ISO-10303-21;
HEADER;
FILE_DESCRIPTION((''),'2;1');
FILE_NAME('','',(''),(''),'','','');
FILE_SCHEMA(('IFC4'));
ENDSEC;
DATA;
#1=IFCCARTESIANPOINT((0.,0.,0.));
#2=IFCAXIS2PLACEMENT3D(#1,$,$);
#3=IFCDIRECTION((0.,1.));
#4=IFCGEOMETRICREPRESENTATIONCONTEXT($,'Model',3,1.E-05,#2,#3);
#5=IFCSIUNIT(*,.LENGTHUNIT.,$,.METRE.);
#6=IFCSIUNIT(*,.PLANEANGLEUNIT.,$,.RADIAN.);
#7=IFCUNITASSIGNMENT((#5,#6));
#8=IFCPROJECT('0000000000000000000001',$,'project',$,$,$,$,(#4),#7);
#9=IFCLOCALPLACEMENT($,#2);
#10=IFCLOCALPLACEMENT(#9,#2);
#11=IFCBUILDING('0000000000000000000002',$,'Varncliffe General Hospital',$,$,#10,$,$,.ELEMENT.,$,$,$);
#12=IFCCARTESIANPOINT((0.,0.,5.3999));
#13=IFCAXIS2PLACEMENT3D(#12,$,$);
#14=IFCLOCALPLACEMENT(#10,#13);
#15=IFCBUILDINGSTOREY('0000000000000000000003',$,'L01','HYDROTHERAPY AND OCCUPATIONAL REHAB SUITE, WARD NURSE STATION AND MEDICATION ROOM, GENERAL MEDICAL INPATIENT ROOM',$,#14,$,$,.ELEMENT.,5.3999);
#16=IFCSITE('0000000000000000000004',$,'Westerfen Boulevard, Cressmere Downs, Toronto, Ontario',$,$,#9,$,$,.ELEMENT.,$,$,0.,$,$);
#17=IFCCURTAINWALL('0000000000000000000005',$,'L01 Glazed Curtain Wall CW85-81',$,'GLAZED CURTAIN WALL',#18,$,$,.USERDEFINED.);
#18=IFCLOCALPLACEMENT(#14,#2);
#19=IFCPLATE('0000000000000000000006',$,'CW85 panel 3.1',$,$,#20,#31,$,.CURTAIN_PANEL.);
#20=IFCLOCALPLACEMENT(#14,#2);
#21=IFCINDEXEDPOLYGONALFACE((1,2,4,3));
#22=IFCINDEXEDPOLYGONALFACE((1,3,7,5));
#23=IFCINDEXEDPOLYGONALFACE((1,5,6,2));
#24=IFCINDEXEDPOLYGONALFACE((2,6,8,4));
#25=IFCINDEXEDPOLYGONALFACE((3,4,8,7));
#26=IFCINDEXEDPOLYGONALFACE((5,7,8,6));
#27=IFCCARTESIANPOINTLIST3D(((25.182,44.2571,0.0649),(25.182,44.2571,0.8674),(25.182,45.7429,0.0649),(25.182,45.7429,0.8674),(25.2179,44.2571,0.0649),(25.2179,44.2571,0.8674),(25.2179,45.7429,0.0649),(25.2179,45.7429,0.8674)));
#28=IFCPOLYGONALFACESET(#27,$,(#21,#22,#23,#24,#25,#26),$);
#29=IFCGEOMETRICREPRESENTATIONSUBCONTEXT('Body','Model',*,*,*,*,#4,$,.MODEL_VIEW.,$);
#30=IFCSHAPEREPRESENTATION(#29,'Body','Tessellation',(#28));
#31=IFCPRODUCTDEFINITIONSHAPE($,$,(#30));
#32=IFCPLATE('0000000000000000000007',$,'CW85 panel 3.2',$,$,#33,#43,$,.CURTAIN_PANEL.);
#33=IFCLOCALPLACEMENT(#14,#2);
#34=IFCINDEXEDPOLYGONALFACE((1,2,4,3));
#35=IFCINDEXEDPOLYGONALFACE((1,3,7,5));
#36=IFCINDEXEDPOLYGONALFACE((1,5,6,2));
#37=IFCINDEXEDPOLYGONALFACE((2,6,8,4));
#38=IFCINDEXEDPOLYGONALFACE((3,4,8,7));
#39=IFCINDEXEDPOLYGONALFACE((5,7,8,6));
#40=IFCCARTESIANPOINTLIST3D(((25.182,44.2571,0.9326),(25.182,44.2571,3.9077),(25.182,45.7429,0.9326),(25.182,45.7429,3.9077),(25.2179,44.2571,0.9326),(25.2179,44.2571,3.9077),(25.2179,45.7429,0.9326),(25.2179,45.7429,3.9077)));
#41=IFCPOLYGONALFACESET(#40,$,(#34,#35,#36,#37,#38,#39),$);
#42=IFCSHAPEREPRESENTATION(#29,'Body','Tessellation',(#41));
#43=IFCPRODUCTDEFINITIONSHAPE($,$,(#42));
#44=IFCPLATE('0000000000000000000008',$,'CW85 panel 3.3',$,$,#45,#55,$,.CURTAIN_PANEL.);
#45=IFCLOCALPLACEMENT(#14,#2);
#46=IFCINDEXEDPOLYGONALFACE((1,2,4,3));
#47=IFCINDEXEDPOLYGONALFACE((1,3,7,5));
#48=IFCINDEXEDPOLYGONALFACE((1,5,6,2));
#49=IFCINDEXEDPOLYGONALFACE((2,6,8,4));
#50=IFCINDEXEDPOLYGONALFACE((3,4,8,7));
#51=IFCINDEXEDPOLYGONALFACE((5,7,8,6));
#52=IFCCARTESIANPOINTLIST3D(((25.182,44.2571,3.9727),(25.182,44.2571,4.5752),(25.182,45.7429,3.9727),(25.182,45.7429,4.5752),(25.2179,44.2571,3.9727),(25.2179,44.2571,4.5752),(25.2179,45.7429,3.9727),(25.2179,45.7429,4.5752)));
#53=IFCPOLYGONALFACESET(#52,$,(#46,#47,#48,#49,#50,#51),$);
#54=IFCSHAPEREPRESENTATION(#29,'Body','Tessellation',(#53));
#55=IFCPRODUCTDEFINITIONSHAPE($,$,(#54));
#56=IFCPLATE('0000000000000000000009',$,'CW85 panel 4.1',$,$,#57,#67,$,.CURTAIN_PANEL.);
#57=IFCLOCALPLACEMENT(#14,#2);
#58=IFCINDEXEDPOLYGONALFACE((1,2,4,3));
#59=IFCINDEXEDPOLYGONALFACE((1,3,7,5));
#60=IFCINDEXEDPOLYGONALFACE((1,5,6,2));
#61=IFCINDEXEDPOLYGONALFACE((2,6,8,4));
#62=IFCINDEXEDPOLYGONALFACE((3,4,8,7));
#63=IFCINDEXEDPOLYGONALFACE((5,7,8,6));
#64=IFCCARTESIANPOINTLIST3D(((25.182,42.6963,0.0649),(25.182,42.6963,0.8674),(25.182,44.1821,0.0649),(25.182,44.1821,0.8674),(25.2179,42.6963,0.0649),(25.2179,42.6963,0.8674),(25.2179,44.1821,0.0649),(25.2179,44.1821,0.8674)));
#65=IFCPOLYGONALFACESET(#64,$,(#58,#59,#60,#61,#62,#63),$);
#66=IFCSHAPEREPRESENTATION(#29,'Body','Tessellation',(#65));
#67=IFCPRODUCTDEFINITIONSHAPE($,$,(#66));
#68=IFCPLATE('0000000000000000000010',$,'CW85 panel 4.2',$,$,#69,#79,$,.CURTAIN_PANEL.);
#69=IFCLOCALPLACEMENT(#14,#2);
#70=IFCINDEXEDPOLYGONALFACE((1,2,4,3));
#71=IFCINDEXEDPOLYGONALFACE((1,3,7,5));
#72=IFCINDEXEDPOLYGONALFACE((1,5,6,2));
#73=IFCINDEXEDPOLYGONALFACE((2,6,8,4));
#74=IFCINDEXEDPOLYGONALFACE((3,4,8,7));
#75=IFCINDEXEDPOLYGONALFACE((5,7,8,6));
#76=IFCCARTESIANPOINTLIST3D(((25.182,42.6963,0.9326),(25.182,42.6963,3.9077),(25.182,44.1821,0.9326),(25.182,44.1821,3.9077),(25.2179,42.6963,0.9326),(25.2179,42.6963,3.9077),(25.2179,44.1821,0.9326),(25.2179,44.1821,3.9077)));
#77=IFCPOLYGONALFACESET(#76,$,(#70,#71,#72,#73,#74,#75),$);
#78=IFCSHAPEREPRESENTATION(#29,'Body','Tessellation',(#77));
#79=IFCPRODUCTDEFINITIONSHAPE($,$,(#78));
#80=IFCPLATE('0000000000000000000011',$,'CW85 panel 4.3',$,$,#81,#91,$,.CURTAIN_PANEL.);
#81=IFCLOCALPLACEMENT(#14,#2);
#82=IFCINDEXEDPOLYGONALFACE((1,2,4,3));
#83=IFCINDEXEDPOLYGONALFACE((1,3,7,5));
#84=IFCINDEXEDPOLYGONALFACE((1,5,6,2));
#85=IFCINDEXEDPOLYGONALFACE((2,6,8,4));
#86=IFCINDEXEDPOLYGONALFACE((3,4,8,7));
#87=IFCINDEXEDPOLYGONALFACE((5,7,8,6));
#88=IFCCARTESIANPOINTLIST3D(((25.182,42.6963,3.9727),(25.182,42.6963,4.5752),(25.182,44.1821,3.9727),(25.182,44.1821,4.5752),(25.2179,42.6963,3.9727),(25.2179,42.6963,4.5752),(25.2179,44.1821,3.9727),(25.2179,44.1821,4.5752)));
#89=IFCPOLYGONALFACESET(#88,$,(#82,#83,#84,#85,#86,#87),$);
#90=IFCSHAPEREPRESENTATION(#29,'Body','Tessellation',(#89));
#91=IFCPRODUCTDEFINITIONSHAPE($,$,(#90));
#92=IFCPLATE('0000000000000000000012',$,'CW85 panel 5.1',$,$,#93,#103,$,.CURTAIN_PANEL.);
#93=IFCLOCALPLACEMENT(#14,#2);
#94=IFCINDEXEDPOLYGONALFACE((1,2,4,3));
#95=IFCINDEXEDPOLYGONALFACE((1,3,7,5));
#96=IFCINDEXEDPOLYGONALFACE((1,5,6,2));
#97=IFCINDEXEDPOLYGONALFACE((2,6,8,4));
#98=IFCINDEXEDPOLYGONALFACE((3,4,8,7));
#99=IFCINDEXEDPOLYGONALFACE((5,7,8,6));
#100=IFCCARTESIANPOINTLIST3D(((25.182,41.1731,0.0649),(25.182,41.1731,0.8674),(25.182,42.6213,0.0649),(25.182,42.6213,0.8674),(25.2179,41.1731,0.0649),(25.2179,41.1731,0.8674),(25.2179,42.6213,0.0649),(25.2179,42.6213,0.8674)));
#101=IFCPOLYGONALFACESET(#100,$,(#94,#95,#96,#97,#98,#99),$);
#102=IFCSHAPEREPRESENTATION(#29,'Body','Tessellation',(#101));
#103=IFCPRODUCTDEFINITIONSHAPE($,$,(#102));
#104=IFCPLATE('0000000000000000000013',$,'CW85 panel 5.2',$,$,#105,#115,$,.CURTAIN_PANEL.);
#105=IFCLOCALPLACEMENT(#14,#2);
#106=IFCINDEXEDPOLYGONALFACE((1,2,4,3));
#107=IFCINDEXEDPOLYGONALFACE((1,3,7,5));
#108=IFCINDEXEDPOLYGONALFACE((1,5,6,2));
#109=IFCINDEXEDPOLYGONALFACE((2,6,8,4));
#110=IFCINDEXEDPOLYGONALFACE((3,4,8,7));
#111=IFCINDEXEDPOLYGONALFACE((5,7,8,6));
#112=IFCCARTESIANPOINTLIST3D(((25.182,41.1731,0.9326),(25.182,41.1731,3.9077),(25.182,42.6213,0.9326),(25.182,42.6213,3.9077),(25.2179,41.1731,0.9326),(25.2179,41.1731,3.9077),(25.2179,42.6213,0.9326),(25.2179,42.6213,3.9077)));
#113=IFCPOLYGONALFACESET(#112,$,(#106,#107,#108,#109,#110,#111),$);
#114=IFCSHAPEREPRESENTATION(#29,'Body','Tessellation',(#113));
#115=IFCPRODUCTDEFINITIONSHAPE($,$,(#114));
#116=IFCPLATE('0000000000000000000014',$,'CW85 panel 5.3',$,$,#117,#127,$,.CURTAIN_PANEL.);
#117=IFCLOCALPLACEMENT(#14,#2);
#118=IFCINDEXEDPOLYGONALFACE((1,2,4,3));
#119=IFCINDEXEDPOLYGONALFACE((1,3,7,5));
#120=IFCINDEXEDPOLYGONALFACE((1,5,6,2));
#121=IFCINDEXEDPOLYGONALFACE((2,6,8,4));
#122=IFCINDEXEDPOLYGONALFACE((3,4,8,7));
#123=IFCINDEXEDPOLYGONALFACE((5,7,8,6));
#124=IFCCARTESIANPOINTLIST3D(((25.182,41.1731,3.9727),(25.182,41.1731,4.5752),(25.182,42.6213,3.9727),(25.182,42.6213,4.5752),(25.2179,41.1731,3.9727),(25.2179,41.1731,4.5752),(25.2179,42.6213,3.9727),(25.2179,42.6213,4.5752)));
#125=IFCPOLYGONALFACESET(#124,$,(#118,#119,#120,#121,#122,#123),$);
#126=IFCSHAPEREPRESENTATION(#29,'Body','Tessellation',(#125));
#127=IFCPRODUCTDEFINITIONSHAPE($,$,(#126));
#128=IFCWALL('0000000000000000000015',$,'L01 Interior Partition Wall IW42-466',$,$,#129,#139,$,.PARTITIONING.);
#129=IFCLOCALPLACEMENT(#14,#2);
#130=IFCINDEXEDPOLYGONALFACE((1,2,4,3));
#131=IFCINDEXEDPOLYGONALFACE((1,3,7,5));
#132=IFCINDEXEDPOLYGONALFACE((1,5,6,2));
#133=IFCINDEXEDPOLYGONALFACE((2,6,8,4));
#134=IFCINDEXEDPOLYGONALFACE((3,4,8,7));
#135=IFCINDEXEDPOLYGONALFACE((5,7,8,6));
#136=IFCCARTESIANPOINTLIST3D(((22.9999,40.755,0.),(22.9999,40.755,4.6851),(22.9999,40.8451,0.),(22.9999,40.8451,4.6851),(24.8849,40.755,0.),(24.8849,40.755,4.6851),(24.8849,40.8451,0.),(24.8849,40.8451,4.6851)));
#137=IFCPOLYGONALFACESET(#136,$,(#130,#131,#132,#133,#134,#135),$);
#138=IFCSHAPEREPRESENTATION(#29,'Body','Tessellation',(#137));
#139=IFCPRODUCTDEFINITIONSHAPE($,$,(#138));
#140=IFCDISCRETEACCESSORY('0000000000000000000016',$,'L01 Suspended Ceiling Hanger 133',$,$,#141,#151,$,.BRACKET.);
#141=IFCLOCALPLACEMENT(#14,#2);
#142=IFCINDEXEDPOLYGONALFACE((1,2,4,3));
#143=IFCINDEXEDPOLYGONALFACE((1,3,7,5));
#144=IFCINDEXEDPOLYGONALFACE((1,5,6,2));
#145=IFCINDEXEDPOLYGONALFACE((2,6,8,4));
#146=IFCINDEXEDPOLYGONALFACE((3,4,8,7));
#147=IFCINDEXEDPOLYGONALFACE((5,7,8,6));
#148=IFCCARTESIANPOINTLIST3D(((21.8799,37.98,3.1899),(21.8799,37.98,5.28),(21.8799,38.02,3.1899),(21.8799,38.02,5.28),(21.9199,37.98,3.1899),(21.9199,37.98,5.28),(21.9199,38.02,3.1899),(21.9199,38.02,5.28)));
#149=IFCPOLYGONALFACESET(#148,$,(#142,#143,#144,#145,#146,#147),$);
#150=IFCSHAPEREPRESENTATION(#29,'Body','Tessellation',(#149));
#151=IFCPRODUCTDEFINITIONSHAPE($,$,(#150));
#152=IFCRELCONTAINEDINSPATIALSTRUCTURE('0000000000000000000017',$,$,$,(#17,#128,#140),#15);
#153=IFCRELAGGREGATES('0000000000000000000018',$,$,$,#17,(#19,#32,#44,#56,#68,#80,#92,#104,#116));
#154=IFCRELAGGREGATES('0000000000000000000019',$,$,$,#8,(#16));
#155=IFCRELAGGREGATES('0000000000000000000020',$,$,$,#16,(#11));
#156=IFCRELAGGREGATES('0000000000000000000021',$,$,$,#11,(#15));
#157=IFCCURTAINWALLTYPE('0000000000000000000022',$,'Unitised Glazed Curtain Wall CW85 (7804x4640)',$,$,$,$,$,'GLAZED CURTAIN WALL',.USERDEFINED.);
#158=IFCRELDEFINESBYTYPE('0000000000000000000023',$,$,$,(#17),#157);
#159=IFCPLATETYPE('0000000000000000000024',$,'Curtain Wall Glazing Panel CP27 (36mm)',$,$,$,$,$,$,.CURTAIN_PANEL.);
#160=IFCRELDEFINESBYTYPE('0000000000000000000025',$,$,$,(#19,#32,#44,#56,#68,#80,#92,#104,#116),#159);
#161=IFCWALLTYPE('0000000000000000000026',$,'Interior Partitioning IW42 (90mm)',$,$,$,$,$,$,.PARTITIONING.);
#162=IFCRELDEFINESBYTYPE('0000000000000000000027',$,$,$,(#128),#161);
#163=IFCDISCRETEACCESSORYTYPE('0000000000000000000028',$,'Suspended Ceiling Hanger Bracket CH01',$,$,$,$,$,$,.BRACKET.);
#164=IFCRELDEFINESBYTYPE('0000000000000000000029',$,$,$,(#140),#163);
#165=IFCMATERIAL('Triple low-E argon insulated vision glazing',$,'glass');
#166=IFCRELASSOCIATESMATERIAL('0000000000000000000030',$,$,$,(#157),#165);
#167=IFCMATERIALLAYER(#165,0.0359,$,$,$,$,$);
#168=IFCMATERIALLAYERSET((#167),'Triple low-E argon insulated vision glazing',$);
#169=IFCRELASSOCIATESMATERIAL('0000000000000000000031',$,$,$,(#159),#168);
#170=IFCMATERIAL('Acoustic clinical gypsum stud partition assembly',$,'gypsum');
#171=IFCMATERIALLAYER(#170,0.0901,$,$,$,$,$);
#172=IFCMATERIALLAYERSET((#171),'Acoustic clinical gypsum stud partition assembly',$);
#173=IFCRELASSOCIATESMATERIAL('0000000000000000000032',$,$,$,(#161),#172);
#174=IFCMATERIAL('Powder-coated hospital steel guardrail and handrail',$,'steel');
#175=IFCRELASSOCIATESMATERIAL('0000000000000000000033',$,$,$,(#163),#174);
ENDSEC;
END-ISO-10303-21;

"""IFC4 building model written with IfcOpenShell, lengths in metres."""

from ifc_helpers import new_model, si_unit, direction, frame, frame_2d, origin, origin_2d, place, context, subcontext, project, spatial, rectangle, extrude, material, layer, layer_set, type_object, element, aggregate, save


model = new_model("IFC4")

# Units and contexts
model_context = context("Model", 3, precision=1e-05, world=origin(), true_north=direction((0.0, 1.0)))
body_context = subcontext(model_context, "Body", "Model", "MODEL_VIEW")
ifc_project = project(units=[si_unit("LENGTHUNIT", "METRE"), si_unit("PLANEANGLEUNIT", "RADIAN")], contexts=[model_context])

# Site, building, storey
site_placement = place(None, origin())
site = spatial("IfcSite", under=ifc_project, at=site_placement, Name="Westerfen Boulevard, Cressmere Downs, Toronto, Ontario", CompositionType="ELEMENT", RefElevation=0.0)
building_placement = place(site_placement, origin())
building = spatial("IfcBuilding", under=site, at=building_placement, Name="Varncliffe General Hospital", CompositionType="ELEMENT")
storey_placement = place(building_placement, frame((0.0, 0.0, 5.3999)))
storey = spatial("IfcBuildingStorey", under=building, at=storey_placement, Name="L01", Description="HYDROTHERAPY AND OCCUPATIONAL REHAB SUITE, WARD NURSE STATION AND MEDICATION ROOM, GENERAL MEDICAL INPATIENT ROOM", CompositionType="ELEMENT", Elevation=5.3999)

# Curtain wall
ifc_material_1 = material(Name="Triple low-E argon insulated vision glazing", Category="glass")
curtain_wall_type = type_object("IfcCurtainWallType", Name="Unitised Glazed Curtain Wall CW85 (7804x4640)", ElementType="GLAZED CURTAIN WALL", PredefinedType="USERDEFINED", material=ifc_material_1)
curtain_wall_placement = place(storey_placement, origin())
curtain_wall = element("IfcCurtainWall", 1, at=curtain_wall_placement, inside=storey, type_object=curtain_wall_type, Name="L01 Glazed Curtain Wall CW85-81", ObjectType="GLAZED CURTAIN WALL", PredefinedType="USERDEFINED")

# Plates
ifc_layer_1 = layer(ifc_material_1, 0.0359)
ifc_layer_set_1 = layer_set([ifc_layer_1], Name="Triple low-E argon insulated vision glazing")
plate_type = type_object("IfcPlateType", Name="Curtain Wall Glazing Panel CP27 (36mm)", PredefinedType="CURTAIN_PANEL", material=ifc_layer_set_1)
plate_1_placement = place(storey_placement, frame((25.2, 45.0, 0.0649), z_axis=(0.0, 0.0, 1.0), x_axis=(0.0, -1.0, 0.0)))
plate_1 = element("IfcPlate", 2, at=plate_1_placement, type_object=plate_type, Name="CW85 panel 3.1", PredefinedType="CURTAIN_PANEL", context=body_context, shape_type="SweptSolid", body=[
    extrude(rectangle(XDim=1.4858, YDim=0.0359, at=origin_2d()), origin(), (0.0, 0.0, 1.0), 0.8025),
])
plate_2_placement = place(storey_placement, frame((25.2, 45.0, 0.9326), z_axis=(0.0, 0.0, 1.0), x_axis=(0.0, -1.0, 0.0)))
plate_2 = element("IfcPlate", 3, at=plate_2_placement, type_object=plate_type, Name="CW85 panel 3.2", PredefinedType="CURTAIN_PANEL", context=body_context, shape_type="SweptSolid", body=[
    extrude(rectangle(XDim=1.4858, YDim=0.0359, at=origin_2d()), origin(), (0.0, 0.0, 1.0), 2.9751),
])
plate_3_placement = place(storey_placement, frame((25.2, 45.0, 3.9727), z_axis=(0.0, 0.0, 1.0), x_axis=(0.0, -1.0, 0.0)))
plate_3 = element("IfcPlate", 4, at=plate_3_placement, type_object=plate_type, Name="CW85 panel 3.3", PredefinedType="CURTAIN_PANEL", context=body_context, shape_type="SweptSolid", body=[
    extrude(rectangle(XDim=1.4858, YDim=0.0359, at=origin_2d()), origin(), (0.0, 0.0, 1.0), 0.6025),
])
plate_4_placement = place(storey_placement, frame((25.2, 43.4392, 0.0649), z_axis=(0.0, 0.0, 1.0), x_axis=(0.0, -1.0, 0.0)))
plate_4 = element("IfcPlate", 5, at=plate_4_placement, type_object=plate_type, Name="CW85 panel 4.1", PredefinedType="CURTAIN_PANEL", context=body_context, shape_type="SweptSolid", body=[
    extrude(rectangle(XDim=1.4858, YDim=0.0359, at=origin_2d()), origin(), (0.0, 0.0, 1.0), 0.8025),
])
plate_5_placement = place(storey_placement, frame((25.2, 43.4392, 0.9326), z_axis=(0.0, 0.0, 1.0), x_axis=(0.0, -1.0, 0.0)))
plate_5 = element("IfcPlate", 6, at=plate_5_placement, type_object=plate_type, Name="CW85 panel 4.2", PredefinedType="CURTAIN_PANEL", context=body_context, shape_type="SweptSolid", body=[
    extrude(rectangle(XDim=1.4858, YDim=0.0359, at=origin_2d()), origin(), (0.0, 0.0, 1.0), 2.9751),
])
plate_6_placement = place(storey_placement, frame((25.2, 43.4392, 3.9727), z_axis=(0.0, 0.0, 1.0), x_axis=(0.0, -1.0, 0.0)))
plate_6 = element("IfcPlate", 7, at=plate_6_placement, type_object=plate_type, Name="CW85 panel 4.3", PredefinedType="CURTAIN_PANEL", context=body_context, shape_type="SweptSolid", body=[
    extrude(rectangle(XDim=1.4858, YDim=0.0359, at=origin_2d()), origin(), (0.0, 0.0, 1.0), 0.6025),
])
plate_7_placement = place(storey_placement, frame((25.2, 41.8972, 0.0649), z_axis=(0.0, 0.0, 1.0), x_axis=(0.0, -1.0, 0.0)))
plate_7 = element("IfcPlate", 8, at=plate_7_placement, type_object=plate_type, Name="CW85 panel 5.1", PredefinedType="CURTAIN_PANEL", context=body_context, shape_type="SweptSolid", body=[
    extrude(rectangle(XDim=1.4482, YDim=0.0359, at=origin_2d()), origin(), (0.0, 0.0, 1.0), 0.8025),
])
plate_8_placement = place(storey_placement, frame((25.2, 41.8972, 0.9326), z_axis=(0.0, 0.0, 1.0), x_axis=(0.0, -1.0, 0.0)))
plate_8 = element("IfcPlate", 9, at=plate_8_placement, type_object=plate_type, Name="CW85 panel 5.2", PredefinedType="CURTAIN_PANEL", context=body_context, shape_type="SweptSolid", body=[
    extrude(rectangle(XDim=1.4482, YDim=0.0359, at=origin_2d()), origin(), (0.0, 0.0, 1.0), 2.9751),
])
plate_9_placement = place(storey_placement, frame((25.2, 41.8972, 3.9727), z_axis=(0.0, 0.0, 1.0), x_axis=(0.0, -1.0, 0.0)))
plate_9 = element("IfcPlate", 10, at=plate_9_placement, type_object=plate_type, Name="CW85 panel 5.3", PredefinedType="CURTAIN_PANEL", context=body_context, shape_type="SweptSolid", body=[
    extrude(rectangle(XDim=1.4482, YDim=0.0359, at=origin_2d()), origin(), (0.0, 0.0, 1.0), 0.6025),
])
aggregate(curtain_wall, [plate_1, plate_2, plate_3, plate_4, plate_5, plate_6, plate_7, plate_8, plate_9])

# Wall
ifc_material_2 = material(Name="Acoustic clinical gypsum stud partition assembly", Category="gypsum")
ifc_layer_2 = layer(ifc_material_2, 0.0901)
ifc_layer_set_2 = layer_set([ifc_layer_2], Name="Acoustic clinical gypsum stud partition assembly")
wall_type = type_object("IfcWallType", Name="Interior Partitioning IW42 (90mm)", PredefinedType="PARTITIONING", material=ifc_layer_set_2)
wall_placement = place(storey_placement, frame((23.0, 40.8, 0.0), z_axis=(0.0, 0.0, 1.0), x_axis=(1.0, 0.0, 0.0)))
element("IfcWall", 11, at=wall_placement, inside=storey, type_object=wall_type, Name="L01 Interior Partition Wall IW42-466", PredefinedType="PARTITIONING", context=body_context, shape_type="SweptSolid", body=[
    extrude(rectangle(XDim=1.885, YDim=0.0901, at=frame_2d((0.9424, 0.0))), origin(), (0.0, 0.0, 1.0), 4.6851),
])

# Discrete accessory
ifc_material_3 = material(Name="Powder-coated hospital steel guardrail and handrail", Category="steel")
discrete_accessory_type = type_object("IfcDiscreteAccessoryType", Name="Suspended Ceiling Hanger Bracket CH01", PredefinedType="BRACKET", material=ifc_material_3)
discrete_accessory_placement = place(storey_placement, frame((21.8999, 38.0, 3.1899), z_axis=(0.0, 0.0, 1.0), x_axis=(1.0, 0.0, 0.0)))
element("IfcDiscreteAccessory", 12, at=discrete_accessory_placement, inside=storey, type_object=discrete_accessory_type, Name="L01 Suspended Ceiling Hanger 133", PredefinedType="BRACKET", context=body_context, shape_type="SweptSolid", body=[
    extrude(rectangle(XDim=0.04, YDim=0.04, at=origin_2d()), origin(), (0.0, 0.0, 1.0), 2.0901),
])

save(model, "model.ifc")
